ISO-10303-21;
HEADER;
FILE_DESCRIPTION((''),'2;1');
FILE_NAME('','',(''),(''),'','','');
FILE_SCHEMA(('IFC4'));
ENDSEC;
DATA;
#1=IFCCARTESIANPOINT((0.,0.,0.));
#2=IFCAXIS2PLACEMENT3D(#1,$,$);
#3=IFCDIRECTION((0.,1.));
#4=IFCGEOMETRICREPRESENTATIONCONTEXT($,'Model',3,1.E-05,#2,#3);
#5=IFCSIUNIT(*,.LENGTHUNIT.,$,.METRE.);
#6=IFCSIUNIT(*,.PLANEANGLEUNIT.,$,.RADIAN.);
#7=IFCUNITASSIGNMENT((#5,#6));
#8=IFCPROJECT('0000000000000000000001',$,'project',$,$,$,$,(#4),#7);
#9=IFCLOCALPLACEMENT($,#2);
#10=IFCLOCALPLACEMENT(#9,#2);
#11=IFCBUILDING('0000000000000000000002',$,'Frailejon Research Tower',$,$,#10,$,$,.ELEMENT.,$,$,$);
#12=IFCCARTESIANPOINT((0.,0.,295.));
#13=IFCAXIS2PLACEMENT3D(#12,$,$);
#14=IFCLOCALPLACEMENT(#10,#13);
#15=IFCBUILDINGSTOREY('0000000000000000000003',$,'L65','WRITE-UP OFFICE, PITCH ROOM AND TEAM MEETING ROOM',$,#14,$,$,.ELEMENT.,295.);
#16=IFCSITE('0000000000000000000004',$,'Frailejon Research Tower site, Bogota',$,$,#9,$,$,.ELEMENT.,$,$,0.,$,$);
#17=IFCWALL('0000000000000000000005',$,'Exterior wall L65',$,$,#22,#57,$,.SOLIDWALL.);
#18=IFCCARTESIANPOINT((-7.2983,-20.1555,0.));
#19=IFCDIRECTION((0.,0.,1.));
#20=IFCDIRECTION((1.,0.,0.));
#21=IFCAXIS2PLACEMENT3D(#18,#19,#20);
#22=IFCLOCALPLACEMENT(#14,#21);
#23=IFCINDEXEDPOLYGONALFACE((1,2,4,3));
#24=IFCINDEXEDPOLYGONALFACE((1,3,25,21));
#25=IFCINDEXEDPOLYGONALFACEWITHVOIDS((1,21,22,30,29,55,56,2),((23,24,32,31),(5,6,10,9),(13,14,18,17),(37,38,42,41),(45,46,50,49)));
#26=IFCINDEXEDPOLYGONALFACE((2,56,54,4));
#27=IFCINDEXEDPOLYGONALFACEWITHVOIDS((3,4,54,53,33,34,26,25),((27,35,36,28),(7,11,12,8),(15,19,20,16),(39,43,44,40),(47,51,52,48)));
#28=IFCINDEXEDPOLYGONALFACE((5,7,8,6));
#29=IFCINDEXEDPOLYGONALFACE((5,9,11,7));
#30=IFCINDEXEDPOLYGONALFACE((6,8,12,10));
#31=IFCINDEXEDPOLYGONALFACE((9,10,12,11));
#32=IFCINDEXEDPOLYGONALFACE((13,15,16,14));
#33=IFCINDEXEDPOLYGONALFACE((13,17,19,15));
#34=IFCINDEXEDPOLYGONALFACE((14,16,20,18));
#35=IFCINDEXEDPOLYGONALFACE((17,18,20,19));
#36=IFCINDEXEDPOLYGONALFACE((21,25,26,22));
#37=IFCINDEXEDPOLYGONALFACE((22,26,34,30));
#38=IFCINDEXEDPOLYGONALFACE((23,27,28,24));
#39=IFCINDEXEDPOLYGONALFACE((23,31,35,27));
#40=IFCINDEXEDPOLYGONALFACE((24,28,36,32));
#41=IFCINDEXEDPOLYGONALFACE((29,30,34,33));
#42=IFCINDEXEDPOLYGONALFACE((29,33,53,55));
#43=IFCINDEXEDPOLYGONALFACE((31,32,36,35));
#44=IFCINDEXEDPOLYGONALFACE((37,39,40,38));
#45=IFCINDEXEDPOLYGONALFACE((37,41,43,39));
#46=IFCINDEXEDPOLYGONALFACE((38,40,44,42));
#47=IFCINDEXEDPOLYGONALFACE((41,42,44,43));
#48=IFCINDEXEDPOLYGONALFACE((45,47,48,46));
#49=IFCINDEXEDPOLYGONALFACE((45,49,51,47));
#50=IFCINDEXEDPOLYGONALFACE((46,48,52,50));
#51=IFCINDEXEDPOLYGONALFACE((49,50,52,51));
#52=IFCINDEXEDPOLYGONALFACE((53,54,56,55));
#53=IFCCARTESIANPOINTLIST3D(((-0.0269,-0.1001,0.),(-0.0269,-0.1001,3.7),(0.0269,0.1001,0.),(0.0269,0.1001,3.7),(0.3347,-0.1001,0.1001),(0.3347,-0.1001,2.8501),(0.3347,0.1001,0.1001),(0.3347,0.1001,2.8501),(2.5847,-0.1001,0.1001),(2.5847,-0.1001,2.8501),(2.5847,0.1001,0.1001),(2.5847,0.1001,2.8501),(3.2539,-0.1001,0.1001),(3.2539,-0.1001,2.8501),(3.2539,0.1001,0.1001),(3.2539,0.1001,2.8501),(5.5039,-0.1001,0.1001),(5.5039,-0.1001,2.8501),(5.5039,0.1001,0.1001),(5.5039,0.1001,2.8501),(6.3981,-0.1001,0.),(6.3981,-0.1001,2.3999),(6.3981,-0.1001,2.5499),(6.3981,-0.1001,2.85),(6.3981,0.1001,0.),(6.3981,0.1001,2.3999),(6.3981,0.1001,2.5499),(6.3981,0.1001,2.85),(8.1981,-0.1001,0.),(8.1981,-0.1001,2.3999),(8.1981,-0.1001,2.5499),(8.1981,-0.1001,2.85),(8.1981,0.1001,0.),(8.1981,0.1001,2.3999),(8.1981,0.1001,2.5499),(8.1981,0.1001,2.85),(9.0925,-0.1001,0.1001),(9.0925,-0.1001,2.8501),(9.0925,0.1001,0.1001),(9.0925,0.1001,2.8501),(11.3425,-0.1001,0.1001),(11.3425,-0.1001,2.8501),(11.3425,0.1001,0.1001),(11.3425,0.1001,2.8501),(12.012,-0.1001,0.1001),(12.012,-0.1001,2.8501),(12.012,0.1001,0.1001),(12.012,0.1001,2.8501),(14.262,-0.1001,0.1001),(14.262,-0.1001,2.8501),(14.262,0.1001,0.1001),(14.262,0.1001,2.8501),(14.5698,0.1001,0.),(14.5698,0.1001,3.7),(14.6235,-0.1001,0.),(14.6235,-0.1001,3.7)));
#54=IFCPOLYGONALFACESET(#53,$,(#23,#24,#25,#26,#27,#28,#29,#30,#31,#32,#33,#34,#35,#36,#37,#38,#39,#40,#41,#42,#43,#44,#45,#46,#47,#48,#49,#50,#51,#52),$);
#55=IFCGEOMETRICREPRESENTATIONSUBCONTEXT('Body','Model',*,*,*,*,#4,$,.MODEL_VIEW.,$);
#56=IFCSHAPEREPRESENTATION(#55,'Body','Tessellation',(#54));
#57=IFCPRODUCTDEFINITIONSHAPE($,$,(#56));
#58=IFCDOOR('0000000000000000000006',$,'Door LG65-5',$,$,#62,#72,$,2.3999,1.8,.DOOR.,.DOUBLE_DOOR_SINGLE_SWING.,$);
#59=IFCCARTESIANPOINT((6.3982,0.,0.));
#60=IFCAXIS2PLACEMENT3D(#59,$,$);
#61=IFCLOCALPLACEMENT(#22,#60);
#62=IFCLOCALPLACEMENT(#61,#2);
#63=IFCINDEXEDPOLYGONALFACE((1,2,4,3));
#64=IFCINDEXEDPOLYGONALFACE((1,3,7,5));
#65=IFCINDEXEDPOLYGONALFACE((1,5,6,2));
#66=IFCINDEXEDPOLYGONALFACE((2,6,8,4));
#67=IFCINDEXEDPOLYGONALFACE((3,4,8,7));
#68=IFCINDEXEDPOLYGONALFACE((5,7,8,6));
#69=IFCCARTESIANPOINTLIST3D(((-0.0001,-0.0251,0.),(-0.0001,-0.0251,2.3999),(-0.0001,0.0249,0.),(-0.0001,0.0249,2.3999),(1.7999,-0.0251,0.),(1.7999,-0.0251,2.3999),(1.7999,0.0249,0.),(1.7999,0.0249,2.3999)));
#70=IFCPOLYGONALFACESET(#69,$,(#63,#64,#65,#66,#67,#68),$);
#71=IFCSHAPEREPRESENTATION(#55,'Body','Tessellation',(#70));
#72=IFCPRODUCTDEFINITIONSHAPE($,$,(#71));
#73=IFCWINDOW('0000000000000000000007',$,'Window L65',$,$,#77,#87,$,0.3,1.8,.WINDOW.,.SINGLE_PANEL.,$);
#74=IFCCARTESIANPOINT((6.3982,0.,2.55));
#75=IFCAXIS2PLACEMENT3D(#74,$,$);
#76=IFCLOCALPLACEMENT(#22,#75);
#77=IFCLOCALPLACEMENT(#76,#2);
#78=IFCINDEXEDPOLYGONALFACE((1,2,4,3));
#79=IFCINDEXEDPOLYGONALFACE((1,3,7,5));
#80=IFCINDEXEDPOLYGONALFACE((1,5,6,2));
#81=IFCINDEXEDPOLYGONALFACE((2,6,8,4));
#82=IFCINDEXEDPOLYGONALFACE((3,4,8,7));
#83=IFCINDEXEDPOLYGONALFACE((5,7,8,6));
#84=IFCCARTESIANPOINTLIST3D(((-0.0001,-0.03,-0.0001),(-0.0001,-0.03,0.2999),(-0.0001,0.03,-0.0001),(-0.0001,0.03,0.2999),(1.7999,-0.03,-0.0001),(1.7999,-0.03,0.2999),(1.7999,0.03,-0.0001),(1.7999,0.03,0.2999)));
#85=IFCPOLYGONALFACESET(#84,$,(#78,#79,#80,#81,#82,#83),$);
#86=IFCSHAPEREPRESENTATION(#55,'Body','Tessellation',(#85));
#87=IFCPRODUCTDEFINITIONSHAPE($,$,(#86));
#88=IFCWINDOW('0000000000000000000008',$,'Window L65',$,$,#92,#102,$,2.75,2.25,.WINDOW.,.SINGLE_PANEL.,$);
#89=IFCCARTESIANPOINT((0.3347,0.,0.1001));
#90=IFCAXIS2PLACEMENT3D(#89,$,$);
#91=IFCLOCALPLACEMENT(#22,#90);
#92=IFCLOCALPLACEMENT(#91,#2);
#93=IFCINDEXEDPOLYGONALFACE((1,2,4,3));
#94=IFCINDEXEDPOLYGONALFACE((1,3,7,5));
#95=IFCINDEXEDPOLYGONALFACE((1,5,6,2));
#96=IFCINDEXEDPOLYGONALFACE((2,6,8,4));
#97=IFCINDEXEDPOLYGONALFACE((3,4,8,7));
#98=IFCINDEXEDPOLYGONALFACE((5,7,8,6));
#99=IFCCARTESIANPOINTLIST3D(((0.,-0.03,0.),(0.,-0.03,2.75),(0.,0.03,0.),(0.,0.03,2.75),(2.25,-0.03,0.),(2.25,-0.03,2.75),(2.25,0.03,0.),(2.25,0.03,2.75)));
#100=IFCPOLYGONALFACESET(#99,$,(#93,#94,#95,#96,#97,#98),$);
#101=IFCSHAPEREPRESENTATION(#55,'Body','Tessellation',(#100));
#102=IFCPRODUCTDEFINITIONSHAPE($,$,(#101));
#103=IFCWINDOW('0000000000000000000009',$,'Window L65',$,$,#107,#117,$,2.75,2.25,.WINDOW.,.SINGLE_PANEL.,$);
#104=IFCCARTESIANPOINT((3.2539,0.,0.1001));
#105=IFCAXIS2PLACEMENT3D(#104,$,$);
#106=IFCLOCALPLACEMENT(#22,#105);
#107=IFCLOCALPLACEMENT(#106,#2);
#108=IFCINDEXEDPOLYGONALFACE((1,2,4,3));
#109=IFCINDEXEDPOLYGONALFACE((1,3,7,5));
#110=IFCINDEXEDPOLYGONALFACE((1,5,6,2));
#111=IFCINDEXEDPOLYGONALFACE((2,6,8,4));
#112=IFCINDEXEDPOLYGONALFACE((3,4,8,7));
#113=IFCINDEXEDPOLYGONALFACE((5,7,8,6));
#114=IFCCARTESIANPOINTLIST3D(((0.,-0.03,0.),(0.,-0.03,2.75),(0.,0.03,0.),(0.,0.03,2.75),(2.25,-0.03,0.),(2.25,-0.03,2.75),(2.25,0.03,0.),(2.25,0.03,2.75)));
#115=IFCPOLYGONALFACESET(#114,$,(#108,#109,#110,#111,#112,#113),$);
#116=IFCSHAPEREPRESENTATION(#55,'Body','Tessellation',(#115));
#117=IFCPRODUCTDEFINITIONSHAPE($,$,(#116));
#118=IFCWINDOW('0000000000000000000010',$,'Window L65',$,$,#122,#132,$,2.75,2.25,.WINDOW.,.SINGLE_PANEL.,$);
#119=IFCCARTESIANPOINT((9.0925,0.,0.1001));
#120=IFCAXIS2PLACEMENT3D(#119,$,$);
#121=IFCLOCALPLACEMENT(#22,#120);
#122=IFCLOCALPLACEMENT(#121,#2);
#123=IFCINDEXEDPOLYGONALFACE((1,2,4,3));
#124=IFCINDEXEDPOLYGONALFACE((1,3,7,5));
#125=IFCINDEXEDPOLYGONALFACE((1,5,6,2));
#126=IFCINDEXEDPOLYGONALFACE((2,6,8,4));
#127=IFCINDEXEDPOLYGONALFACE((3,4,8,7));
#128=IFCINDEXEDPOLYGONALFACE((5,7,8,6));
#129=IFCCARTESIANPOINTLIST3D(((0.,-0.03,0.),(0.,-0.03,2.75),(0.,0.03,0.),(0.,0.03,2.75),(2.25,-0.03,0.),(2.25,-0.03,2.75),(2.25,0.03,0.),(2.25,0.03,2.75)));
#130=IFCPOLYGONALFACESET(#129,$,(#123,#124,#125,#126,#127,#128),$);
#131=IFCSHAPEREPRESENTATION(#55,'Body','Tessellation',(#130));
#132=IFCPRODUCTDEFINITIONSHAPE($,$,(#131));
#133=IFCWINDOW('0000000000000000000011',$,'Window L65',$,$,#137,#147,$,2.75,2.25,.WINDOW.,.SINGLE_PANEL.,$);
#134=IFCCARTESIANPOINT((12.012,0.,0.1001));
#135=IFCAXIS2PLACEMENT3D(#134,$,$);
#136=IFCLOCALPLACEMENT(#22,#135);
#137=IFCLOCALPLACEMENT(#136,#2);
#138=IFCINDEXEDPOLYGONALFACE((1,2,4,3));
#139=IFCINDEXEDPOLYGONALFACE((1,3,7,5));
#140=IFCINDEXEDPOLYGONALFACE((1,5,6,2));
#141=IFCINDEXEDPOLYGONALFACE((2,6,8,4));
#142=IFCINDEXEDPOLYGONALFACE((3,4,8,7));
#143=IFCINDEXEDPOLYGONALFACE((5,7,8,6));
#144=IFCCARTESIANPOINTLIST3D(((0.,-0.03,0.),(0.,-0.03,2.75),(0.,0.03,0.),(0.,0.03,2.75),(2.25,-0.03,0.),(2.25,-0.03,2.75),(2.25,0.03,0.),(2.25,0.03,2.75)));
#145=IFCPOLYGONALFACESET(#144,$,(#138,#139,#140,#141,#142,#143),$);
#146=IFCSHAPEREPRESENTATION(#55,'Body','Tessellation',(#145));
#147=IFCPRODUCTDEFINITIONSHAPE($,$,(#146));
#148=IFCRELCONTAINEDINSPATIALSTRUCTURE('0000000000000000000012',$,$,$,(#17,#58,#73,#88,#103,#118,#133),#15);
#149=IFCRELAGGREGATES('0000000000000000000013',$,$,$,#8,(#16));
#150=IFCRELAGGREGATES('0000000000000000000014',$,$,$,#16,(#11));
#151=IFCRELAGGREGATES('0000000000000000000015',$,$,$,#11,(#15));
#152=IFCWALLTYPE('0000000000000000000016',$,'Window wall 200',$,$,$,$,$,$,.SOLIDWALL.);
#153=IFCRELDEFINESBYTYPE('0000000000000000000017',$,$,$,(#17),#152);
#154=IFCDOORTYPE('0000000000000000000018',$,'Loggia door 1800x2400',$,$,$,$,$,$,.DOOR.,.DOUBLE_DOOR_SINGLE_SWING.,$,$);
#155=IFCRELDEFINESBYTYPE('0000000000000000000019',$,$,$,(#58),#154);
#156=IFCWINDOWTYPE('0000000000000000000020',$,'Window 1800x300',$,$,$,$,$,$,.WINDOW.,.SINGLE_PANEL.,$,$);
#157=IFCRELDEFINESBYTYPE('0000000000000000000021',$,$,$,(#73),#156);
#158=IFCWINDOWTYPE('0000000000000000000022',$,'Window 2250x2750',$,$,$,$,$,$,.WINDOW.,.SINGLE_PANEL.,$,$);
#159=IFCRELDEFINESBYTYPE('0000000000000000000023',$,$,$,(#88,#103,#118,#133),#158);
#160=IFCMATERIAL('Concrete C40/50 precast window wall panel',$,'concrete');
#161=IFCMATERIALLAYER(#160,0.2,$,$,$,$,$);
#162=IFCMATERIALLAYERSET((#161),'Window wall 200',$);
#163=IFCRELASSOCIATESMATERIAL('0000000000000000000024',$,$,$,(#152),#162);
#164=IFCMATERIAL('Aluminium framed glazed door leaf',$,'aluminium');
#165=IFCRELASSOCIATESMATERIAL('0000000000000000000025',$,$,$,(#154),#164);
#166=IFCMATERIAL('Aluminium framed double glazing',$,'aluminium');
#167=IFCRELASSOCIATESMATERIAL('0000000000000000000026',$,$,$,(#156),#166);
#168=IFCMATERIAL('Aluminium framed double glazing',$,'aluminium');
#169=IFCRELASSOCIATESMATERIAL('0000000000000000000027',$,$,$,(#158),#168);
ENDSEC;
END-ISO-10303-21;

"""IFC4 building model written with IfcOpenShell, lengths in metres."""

from ifc_helpers import new_model, si_unit, direction, frame, frame_2d, origin, place, context, subcontext, project, spatial, polyline, rectangle, outline, extrude, material, layer, layer_set, type_object, element, fill, save


model = new_model("IFC4")

# Units and contexts
model_context = context("Model", 3, precision=1e-05, world=origin(), true_north=direction((0.0, 1.0)))
body_context = subcontext(model_context, "Body", "Model", "MODEL_VIEW")
ifc_project = project(units=[si_unit("LENGTHUNIT", "METRE"), si_unit("PLANEANGLEUNIT", "RADIAN")], contexts=[model_context])

# Site, building, storey
site_placement = place(None, origin())
site = spatial("IfcSite", under=ifc_project, at=site_placement, Name="Frailejon Research Tower site, Bogota", CompositionType="ELEMENT", RefElevation=0.0)
building_placement = place(site_placement, origin())
building = spatial("IfcBuilding", under=site, at=building_placement, Name="Frailejon Research Tower", CompositionType="ELEMENT")
storey_placement = place(building_placement, frame((0.0, 0.0, 295.0)))
storey = spatial("IfcBuildingStorey", under=building, at=storey_placement, Name="L65", Description="WRITE-UP OFFICE, PITCH ROOM AND TEAM MEETING ROOM", CompositionType="ELEMENT", Elevation=295.0)

# Wall, openings, door, windows
ifc_material_1 = material(Name="Concrete C40/50 precast window wall panel", Category="concrete")
ifc_layer_1 = layer(ifc_material_1, 0.2)
ifc_layer_set_1 = layer_set([ifc_layer_1], Name="Window wall 200")
wall_type_1 = type_object("IfcWallType", Name="Window wall 200", PredefinedType="SOLIDWALL", material=ifc_layer_set_1)
wall_1_placement = place(storey_placement, frame((-7.2983, -20.1555, 0.0), z_axis=(0.0, 0.0, 1.0), x_axis=(1.0, 0.0, 0.0)))
wall_1 = element("IfcWall", 1, at=wall_1_placement, inside=storey, type_object=wall_type_1, Name="Exterior wall L65", PredefinedType="SOLIDWALL", context=body_context, shape_type="SweptSolid", body=[
    extrude(outline(polyline([(-0.0269, -0.1001), (1.0195, -0.1001), (2.0662, -0.1001), (3.1125, -0.1001), (4.1589, -0.1001), (5.2053, -0.1001), (6.252, -0.1001), (7.2983, -0.1001), (8.3447, -0.1001), (9.3914, -0.1001), (10.4377, -0.1001), (11.4841, -0.1001), (12.5305, -0.1001), (13.5771, -0.1001), (14.6235, -0.1001), (14.5698, 0.1001), (13.531, 0.1001), (12.4922, 0.1001), (11.4534, 0.1001), (10.4148, 0.1001), (9.376, 0.1001), (8.3372, 0.1001), (7.2983, 0.1001), (6.2595, 0.1001), (5.2207, 0.1001), (4.1819, 0.1001), (3.1433, 0.1001), (2.1045, 0.1001), (1.0657, 0.1001), (0.0269, 0.1001), (-0.0269, -0.1001)])), origin(), (0.0, 0.0, 1.0), 3.7),
])
opening_1_placement = place(wall_1_placement, frame((0.3347, 0.0, 0.1001)))
opening_1 = element("IfcOpeningElement", 2, at=opening_1_placement, cuts=wall_1, PredefinedType="OPENING", context=body_context, shape_type="SweptSolid", body=[
    extrude(rectangle(XDim=2.25, YDim=2.75, at=frame_2d((1.125, 1.375))), frame((0.0, 0.1099, 0.0), z_axis=(0.0, -1.0, 0.0), x_axis=(1.0, 0.0, 0.0)), (0.0, 0.0, 1.0), 0.22),
])
opening_2_placement = place(wall_1_placement, frame((3.2539, 0.0, 0.1001)))
opening_2 = element("IfcOpeningElement", 3, at=opening_2_placement, cuts=wall_1, PredefinedType="OPENING", context=body_context, shape_type="SweptSolid", body=[
    extrude(rectangle(XDim=2.25, YDim=2.75, at=frame_2d((1.125, 1.375))), frame((0.0, 0.1099, 0.0), z_axis=(0.0, -1.0, 0.0), x_axis=(1.0, 0.0, 0.0)), (0.0, 0.0, 1.0), 0.22),
])
opening_3_placement = place(wall_1_placement, frame((6.3982, 0.0, 0.0)))
opening_3 = element("IfcOpeningElement", 4, at=opening_3_placement, cuts=wall_1, PredefinedType="OPENING", context=body_context, shape_type="SweptSolid", body=[
    extrude(rectangle(XDim=1.8, YDim=2.3999, at=frame_2d((0.8999, 1.2))), frame((0.0, 0.1099, 0.0), z_axis=(0.0, -1.0, 0.0), x_axis=(1.0, 0.0, 0.0)), (0.0, 0.0, 1.0), 0.22),
])
opening_4_placement = place(wall_1_placement, frame((6.3982, 0.0, 2.55)))
opening_4 = element("IfcOpeningElement", 5, at=opening_4_placement, cuts=wall_1, PredefinedType="OPENING", context=body_context, shape_type="SweptSolid", body=[
    extrude(rectangle(XDim=1.8, YDim=0.3, at=frame_2d((0.8999, 0.1499))), frame((0.0, 0.1099, 0.0), z_axis=(0.0, -1.0, 0.0), x_axis=(1.0, 0.0, 0.0)), (0.0, 0.0, 1.0), 0.22),
])
opening_5_placement = place(wall_1_placement, frame((9.0925, 0.0, 0.1001)))
opening_5 = element("IfcOpeningElement", 6, at=opening_5_placement, cuts=wall_1, PredefinedType="OPENING", context=body_context, shape_type="SweptSolid", body=[
    extrude(rectangle(XDim=2.25, YDim=2.75, at=frame_2d((1.125, 1.375))), frame((0.0, 0.1099, 0.0), z_axis=(0.0, -1.0, 0.0), x_axis=(1.0, 0.0, 0.0)), (0.0, 0.0, 1.0), 0.22),
])
opening_6_placement = place(wall_1_placement, frame((12.012, 0.0, 0.1001)))
opening_6 = element("IfcOpeningElement", 7, at=opening_6_placement, cuts=wall_1, PredefinedType="OPENING", context=body_context, shape_type="SweptSolid", body=[
    extrude(rectangle(XDim=2.25, YDim=2.75, at=frame_2d((1.125, 1.375))), frame((0.0, 0.1099, 0.0), z_axis=(0.0, -1.0, 0.0), x_axis=(1.0, 0.0, 0.0)), (0.0, 0.0, 1.0), 0.22),
])
ifc_material_2 = material(Name="Aluminium framed glazed door leaf", Category="aluminium")
door_type_1 = type_object("IfcDoorType", Name="Loggia door 1800x2400", OperationType="DOUBLE_DOOR_SINGLE_SWING", PredefinedType="DOOR", material=ifc_material_2)
door_1_placement = place(opening_3_placement, origin())
door_1 = element("IfcDoor", 8, at=door_1_placement, inside=storey, type_object=door_type_1, Name="Door LG65-5", OperationType="DOUBLE_DOOR_SINGLE_SWING", OverallHeight=2.3999, OverallWidth=1.8, PredefinedType="DOOR", context=body_context, shape_type="SweptSolid", body=[
    extrude(rectangle(XDim=1.8, YDim=2.3999, at=frame_2d((0.8999, 1.2))), frame((0.0, 0.0249, 0.0), z_axis=(0.0, -1.0, 0.0), x_axis=(1.0, 0.0, 0.0)), (0.0, 0.0, 1.0), 0.05),
])
fill(opening_3, door_1)
ifc_material_3 = material(Name="Aluminium framed double glazing", Category="aluminium")
window_type_1 = type_object("IfcWindowType", Name="Window 1800x300", PartitioningType="SINGLE_PANEL", PredefinedType="WINDOW", material=ifc_material_3)
window_1_placement = place(opening_4_placement, origin())
window_1 = element("IfcWindow", 9, at=window_1_placement, inside=storey, type_object=window_type_1, Name="Window L65", OverallHeight=0.3, OverallWidth=1.8, PartitioningType="SINGLE_PANEL", PredefinedType="WINDOW", context=body_context, shape_type="SweptSolid", body=[
    extrude(rectangle(XDim=1.8, YDim=0.3, at=frame_2d((0.8999, 0.1499))), frame((0.0, 0.03, 0.0), z_axis=(0.0, -1.0, 0.0), x_axis=(1.0, 0.0, 0.0)), (0.0, 0.0, 1.0), 0.0601),
])
fill(opening_4, window_1)
ifc_material_4 = material(Name="Aluminium framed double glazing", Category="aluminium")
window_type_2 = type_object("IfcWindowType", Name="Window 2250x2750", PartitioningType="SINGLE_PANEL", PredefinedType="WINDOW", material=ifc_material_4)
window_2_placement = place(opening_1_placement, origin())
window_2 = element("IfcWindow", 10, at=window_2_placement, inside=storey, type_object=window_type_2, Name="Window L65", OverallHeight=2.75, OverallWidth=2.25, PartitioningType="SINGLE_PANEL", PredefinedType="WINDOW", context=body_context, shape_type="SweptSolid", body=[
    extrude(rectangle(XDim=2.25, YDim=2.75, at=frame_2d((1.125, 1.375))), frame((0.0, 0.03, 0.0), z_axis=(0.0, -1.0, 0.0), x_axis=(1.0, 0.0, 0.0)), (0.0, 0.0, 1.0), 0.0601),
])
fill(opening_1, window_2)
window_3_placement = place(opening_2_placement, origin())
window_3 = element("IfcWindow", 11, at=window_3_placement, inside=storey, type_object=window_type_2, Name="Window L65", OverallHeight=2.75, OverallWidth=2.25, PartitioningType="SINGLE_PANEL", PredefinedType="WINDOW", context=body_context, shape_type="SweptSolid", body=[
    extrude(rectangle(XDim=2.25, YDim=2.75, at=frame_2d((1.125, 1.375))), frame((0.0, 0.03, 0.0), z_axis=(0.0, -1.0, 0.0), x_axis=(1.0, 0.0, 0.0)), (0.0, 0.0, 1.0), 0.0601),
])
fill(opening_2, window_3)
window_4_placement = place(opening_5_placement, origin())
window_4 = element("IfcWindow", 12, at=window_4_placement, inside=storey, type_object=window_type_2, Name="Window L65", OverallHeight=2.75, OverallWidth=2.25, PartitioningType="SINGLE_PANEL", PredefinedType="WINDOW", context=body_context, shape_type="SweptSolid", body=[
    extrude(rectangle(XDim=2.25, YDim=2.75, at=frame_2d((1.125, 1.375))), frame((0.0, 0.03, 0.0), z_axis=(0.0, -1.0, 0.0), x_axis=(1.0, 0.0, 0.0)), (0.0, 0.0, 1.0), 0.0601),
])
fill(opening_5, window_4)
window_5_placement = place(opening_6_placement, origin())
window_5 = element("IfcWindow", 13, at=window_5_placement, inside=storey, type_object=window_type_2, Name="Window L65", OverallHeight=2.75, OverallWidth=2.25, PartitioningType="SINGLE_PANEL", PredefinedType="WINDOW", context=body_context, shape_type="SweptSolid", body=[
    extrude(rectangle(XDim=2.25, YDim=2.75, at=frame_2d((1.125, 1.375))), frame((0.0, 0.03, 0.0), z_axis=(0.0, -1.0, 0.0), x_axis=(1.0, 0.0, 0.0)), (0.0, 0.0, 1.0), 0.0601),
])
fill(opening_6, window_5)

save(model, "model.ifc")
